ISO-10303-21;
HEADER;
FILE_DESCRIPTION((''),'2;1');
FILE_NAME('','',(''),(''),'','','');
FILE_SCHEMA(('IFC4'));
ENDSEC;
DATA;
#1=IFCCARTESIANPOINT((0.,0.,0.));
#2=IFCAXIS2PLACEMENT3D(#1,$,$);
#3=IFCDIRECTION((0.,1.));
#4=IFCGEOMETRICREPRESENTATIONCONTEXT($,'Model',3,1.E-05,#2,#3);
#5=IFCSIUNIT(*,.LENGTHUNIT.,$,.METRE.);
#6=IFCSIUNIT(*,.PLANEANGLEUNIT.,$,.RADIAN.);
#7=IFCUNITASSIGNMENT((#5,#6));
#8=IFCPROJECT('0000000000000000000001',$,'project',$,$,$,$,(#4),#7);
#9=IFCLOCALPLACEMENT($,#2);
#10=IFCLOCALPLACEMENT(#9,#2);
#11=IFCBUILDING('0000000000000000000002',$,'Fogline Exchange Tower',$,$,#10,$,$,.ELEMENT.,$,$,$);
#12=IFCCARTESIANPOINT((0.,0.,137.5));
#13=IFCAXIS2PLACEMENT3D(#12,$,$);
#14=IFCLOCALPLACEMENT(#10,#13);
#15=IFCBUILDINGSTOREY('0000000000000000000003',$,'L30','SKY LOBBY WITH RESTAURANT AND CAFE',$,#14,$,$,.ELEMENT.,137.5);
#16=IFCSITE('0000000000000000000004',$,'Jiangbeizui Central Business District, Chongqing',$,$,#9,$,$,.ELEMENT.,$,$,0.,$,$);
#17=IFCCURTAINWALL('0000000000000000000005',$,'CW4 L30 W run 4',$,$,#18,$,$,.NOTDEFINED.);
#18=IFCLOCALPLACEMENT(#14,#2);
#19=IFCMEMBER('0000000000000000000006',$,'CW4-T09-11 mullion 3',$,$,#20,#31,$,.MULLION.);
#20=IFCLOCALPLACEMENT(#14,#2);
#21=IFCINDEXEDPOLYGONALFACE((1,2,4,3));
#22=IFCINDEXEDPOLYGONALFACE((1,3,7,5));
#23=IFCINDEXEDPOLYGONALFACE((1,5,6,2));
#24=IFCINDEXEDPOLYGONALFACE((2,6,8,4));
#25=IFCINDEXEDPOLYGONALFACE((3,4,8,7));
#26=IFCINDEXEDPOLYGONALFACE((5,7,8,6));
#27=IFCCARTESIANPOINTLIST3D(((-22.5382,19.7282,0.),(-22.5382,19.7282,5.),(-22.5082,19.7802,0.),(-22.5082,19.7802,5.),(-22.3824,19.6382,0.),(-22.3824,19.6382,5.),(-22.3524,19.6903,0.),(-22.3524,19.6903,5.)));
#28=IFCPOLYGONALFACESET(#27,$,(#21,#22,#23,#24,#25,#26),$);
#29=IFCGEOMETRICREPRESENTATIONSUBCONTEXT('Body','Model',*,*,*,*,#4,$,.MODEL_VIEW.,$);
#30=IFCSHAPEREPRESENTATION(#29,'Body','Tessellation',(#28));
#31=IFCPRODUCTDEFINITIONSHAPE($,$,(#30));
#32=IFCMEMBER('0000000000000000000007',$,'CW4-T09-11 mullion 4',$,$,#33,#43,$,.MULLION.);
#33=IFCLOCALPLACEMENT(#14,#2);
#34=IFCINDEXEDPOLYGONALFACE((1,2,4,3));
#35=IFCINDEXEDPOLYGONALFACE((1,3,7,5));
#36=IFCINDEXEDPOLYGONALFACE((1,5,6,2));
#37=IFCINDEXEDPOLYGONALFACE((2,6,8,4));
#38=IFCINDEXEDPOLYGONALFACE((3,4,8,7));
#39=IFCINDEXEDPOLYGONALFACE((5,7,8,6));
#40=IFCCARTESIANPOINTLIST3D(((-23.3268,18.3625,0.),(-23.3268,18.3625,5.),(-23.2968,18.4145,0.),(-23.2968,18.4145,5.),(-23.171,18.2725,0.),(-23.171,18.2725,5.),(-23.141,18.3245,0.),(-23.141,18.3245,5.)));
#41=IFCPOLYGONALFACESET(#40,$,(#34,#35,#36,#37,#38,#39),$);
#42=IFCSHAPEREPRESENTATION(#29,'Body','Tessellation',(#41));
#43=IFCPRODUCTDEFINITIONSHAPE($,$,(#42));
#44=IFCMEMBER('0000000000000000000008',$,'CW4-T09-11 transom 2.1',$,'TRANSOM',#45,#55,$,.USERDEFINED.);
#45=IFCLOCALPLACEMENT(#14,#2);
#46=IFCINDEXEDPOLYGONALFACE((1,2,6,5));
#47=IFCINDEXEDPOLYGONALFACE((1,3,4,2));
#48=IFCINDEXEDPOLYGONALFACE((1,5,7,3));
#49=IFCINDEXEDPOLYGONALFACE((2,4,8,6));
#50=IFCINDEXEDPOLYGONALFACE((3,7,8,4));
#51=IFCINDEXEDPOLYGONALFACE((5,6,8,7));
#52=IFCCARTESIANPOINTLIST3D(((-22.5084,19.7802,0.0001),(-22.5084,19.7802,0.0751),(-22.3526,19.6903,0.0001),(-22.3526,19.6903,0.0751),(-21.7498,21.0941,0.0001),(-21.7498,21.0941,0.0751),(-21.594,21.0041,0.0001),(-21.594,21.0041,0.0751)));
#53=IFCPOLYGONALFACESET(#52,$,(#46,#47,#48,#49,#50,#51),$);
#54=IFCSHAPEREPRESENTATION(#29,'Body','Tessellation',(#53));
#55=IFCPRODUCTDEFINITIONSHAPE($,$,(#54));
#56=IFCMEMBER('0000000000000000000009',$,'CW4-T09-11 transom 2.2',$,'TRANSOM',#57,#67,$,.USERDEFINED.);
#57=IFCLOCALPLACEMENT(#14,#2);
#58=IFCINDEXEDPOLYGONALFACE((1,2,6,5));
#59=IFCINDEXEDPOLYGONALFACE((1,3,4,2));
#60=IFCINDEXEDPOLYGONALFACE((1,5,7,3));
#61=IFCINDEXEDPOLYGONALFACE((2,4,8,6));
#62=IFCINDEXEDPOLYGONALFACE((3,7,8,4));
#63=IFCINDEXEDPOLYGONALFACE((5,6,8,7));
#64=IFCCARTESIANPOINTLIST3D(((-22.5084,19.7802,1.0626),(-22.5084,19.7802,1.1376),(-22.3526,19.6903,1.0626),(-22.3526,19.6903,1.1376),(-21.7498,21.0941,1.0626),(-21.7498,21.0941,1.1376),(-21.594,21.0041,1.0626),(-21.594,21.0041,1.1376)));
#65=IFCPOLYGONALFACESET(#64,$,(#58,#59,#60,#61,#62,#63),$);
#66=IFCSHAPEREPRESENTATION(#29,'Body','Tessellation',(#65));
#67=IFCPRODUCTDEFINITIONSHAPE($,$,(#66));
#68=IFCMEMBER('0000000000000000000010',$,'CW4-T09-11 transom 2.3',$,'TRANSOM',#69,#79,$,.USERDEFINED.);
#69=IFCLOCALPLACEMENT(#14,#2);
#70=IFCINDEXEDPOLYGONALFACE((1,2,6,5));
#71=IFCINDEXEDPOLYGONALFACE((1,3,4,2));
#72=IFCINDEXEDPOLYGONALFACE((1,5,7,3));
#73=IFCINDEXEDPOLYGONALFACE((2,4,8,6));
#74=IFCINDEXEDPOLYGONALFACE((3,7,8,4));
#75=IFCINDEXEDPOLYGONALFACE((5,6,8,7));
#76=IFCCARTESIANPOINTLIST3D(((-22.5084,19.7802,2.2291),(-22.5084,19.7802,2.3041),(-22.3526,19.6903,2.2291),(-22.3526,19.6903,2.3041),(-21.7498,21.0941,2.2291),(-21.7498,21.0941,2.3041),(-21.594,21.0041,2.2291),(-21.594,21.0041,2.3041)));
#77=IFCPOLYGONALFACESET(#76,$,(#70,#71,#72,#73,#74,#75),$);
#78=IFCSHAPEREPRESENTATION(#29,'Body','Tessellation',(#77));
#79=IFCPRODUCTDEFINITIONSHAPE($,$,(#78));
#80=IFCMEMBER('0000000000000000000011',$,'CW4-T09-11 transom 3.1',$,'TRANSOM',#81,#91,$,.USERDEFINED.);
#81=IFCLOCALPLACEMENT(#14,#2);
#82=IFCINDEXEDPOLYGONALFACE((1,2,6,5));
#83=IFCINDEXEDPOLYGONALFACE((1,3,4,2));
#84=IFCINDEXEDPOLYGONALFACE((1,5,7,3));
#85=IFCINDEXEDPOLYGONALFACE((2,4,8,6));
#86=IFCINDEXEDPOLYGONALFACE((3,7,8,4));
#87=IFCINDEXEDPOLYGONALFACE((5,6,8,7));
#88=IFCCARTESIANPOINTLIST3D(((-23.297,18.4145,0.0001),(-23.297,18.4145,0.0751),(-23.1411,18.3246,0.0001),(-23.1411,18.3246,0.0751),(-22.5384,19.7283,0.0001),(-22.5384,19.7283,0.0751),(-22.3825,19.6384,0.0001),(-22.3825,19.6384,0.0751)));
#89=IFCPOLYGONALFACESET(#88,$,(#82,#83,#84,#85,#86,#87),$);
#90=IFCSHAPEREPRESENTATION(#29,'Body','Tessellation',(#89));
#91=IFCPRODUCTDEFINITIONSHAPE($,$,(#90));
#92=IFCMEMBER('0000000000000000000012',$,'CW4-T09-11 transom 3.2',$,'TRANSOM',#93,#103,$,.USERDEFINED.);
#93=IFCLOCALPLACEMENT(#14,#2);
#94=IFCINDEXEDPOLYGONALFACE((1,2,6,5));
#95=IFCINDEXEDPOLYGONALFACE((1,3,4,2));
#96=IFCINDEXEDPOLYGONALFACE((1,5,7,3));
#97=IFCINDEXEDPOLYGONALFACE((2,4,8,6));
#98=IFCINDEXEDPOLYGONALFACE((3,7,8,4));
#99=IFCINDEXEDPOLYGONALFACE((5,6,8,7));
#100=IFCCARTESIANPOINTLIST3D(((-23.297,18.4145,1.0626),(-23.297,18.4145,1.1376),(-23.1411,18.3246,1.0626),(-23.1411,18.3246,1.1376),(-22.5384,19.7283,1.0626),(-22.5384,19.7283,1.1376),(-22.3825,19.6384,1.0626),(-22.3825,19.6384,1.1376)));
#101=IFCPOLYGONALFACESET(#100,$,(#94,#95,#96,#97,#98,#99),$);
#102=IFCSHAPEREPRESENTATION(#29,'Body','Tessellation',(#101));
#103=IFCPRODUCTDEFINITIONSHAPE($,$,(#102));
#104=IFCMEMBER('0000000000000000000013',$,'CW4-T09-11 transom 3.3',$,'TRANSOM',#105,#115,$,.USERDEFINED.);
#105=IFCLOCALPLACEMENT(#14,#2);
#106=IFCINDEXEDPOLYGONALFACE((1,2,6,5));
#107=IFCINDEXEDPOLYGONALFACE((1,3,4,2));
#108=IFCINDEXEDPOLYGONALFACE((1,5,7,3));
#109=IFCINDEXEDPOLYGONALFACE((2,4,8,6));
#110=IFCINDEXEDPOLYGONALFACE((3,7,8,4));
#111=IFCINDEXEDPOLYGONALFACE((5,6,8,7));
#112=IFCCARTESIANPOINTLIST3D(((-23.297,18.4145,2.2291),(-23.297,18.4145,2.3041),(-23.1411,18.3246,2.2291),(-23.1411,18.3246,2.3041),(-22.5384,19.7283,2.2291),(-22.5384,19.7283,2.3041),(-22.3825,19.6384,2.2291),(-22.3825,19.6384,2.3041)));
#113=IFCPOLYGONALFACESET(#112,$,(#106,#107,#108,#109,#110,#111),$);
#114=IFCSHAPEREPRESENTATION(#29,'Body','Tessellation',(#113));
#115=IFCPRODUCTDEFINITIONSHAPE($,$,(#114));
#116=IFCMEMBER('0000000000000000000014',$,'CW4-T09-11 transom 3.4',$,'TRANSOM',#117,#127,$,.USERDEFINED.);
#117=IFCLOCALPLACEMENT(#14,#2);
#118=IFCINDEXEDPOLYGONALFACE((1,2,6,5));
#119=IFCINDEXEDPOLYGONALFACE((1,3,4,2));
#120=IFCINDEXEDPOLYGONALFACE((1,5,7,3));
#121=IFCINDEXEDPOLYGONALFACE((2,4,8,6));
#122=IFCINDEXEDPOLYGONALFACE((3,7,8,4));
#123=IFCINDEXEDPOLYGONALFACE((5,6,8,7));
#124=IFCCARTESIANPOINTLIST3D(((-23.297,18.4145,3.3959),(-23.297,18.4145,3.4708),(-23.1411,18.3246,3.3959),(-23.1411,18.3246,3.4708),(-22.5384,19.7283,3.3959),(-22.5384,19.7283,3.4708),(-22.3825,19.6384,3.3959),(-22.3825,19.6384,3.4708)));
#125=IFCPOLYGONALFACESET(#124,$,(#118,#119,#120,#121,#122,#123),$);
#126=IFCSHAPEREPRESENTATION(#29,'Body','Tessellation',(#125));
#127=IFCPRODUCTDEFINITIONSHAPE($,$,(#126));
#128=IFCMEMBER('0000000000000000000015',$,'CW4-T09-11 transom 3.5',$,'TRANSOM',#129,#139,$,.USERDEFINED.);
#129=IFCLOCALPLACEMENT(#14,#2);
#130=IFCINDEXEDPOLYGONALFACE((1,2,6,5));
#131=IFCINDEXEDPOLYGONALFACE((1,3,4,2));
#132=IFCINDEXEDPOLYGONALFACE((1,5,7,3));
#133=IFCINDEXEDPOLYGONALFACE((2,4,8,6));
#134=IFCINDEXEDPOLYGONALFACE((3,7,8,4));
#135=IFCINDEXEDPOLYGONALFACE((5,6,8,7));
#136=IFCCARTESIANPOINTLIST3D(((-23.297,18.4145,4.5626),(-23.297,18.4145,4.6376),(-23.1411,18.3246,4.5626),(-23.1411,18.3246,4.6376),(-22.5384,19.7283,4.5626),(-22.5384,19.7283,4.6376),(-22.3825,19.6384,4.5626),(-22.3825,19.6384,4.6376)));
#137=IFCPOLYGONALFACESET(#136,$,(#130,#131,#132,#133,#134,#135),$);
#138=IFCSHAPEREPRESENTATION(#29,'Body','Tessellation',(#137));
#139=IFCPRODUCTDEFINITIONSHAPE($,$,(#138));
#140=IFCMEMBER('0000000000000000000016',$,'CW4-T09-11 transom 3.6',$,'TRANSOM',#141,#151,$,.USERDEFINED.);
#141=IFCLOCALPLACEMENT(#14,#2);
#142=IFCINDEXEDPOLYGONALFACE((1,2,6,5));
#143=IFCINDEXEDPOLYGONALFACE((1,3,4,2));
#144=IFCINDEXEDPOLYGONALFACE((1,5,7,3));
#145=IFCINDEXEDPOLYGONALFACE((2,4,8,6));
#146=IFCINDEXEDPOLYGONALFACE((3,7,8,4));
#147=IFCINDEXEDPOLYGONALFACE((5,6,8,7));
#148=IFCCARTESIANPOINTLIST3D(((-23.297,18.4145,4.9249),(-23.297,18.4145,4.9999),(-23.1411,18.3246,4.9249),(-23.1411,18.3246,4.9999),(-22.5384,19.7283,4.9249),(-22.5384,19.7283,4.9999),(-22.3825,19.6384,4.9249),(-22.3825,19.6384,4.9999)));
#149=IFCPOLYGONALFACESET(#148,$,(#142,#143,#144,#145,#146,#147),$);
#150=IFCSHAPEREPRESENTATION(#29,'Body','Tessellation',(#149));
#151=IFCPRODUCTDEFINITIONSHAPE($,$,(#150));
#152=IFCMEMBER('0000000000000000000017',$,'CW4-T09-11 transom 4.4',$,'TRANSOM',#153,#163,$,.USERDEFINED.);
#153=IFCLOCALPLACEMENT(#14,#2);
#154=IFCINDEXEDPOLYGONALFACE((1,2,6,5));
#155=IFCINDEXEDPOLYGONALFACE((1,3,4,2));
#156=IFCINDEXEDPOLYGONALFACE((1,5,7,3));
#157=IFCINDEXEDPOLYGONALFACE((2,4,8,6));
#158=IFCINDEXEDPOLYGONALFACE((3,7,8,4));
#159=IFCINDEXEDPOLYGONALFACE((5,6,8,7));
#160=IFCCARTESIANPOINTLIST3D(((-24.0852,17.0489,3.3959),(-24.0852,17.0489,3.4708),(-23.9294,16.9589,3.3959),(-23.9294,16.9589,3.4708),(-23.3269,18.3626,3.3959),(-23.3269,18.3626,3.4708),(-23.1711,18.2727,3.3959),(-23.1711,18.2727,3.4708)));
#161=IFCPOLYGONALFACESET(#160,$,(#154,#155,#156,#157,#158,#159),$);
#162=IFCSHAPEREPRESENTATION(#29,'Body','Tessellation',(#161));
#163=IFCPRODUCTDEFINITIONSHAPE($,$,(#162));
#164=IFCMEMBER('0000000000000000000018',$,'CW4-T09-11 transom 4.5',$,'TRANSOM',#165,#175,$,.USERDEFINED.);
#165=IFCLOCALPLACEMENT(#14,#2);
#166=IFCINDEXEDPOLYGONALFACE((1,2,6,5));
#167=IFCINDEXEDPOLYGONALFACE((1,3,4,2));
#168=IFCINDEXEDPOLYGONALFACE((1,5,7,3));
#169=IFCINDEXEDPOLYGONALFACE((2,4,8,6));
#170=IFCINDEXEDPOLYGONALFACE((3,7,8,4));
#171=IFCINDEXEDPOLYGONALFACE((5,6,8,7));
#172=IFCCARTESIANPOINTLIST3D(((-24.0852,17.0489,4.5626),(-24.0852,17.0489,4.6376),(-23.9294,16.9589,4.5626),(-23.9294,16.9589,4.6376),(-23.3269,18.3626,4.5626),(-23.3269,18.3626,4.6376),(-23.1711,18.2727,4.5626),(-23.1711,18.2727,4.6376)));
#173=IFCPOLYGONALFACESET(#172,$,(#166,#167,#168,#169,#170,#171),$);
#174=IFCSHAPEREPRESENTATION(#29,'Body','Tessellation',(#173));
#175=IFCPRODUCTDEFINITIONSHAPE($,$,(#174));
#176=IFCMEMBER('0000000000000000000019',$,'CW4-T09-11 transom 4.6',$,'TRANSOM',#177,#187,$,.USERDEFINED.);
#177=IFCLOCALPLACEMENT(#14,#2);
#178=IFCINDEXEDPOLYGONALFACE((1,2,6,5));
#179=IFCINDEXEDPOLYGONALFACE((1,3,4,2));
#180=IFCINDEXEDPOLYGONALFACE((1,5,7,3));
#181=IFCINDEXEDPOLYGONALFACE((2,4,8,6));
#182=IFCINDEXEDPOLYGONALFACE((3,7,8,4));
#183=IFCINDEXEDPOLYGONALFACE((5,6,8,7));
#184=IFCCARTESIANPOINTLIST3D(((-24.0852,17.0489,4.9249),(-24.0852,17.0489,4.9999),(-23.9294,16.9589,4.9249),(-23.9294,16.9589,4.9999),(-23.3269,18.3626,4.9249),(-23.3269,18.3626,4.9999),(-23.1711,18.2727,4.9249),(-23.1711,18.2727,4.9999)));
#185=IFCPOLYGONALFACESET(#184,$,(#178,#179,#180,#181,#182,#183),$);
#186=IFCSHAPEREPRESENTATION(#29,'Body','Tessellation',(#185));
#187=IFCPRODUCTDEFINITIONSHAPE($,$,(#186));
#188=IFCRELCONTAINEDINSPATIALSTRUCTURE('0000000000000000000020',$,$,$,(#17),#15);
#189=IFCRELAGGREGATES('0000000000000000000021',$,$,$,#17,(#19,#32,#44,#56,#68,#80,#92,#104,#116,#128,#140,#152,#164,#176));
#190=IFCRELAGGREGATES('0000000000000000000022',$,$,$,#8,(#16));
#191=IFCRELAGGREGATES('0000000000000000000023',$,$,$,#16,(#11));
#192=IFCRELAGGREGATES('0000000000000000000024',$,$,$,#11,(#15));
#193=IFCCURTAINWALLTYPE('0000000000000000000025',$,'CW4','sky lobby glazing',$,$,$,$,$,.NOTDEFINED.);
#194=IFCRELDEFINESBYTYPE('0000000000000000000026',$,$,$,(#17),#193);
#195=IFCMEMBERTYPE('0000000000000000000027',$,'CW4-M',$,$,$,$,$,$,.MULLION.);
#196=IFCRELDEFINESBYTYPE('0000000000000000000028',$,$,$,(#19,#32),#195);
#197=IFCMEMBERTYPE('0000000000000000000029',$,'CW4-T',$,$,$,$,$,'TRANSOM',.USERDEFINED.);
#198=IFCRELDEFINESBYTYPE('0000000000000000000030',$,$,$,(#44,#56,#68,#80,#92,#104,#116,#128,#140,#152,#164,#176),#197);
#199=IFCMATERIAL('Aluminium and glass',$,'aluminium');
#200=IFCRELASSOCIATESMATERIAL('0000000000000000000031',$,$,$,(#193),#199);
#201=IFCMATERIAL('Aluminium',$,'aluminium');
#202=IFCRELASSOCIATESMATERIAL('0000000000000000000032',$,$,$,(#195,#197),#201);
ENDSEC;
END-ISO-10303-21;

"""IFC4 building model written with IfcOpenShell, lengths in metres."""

from ifc_helpers import new_model, si_unit, direction, frame, origin, origin_2d, place, context, subcontext, project, spatial, rectangle, extrude, material, material_profile, profile_set, type_object, element, aggregate, save


model = new_model("IFC4")

# Units and contexts
model_context = context("Model", 3, precision=1e-05, world=origin(), true_north=direction((0.0, 1.0)))
body_context = subcontext(model_context, "Body", "Model", "MODEL_VIEW")
ifc_project = project(units=[si_unit("LENGTHUNIT", "METRE"), si_unit("PLANEANGLEUNIT", "RADIAN")], contexts=[model_context])

# Site, building, storey
site_placement = place(None, origin())
site = spatial("IfcSite", under=ifc_project, at=site_placement, Name="Jiangbeizui Central Business District, Chongqing", CompositionType="ELEMENT", RefElevation=0.0)
building_placement = place(site_placement, origin())
building = spatial("IfcBuilding", under=site, at=building_placement, Name="Fogline Exchange Tower", CompositionType="ELEMENT")
storey_placement = place(building_placement, frame((0.0, 0.0, 137.5)))
storey = spatial("IfcBuildingStorey", under=building, at=storey_placement, Name="L30", Description="SKY LOBBY WITH RESTAURANT AND CAFE", CompositionType="ELEMENT", Elevation=137.5)

# Curtain wall, members
ifc_material_1 = material(Name="Aluminium and glass", Category="aluminium")
curtain_wall_type = type_object("IfcCurtainWallType", Name="CW4", Description="sky lobby glazing", PredefinedType="NOTDEFINED", material=ifc_material_1)
curtain_wall_placement = place(storey_placement, origin())
curtain_wall = element("IfcCurtainWall", 1, at=curtain_wall_placement, inside=storey, type_object=curtain_wall_type, Name="CW4 L30 W run 4", PredefinedType="NOTDEFINED")
ifc_material_2 = material(Name="Aluminium", Category="aluminium")
ifc_material_profile_1 = material_profile(ifc_material_2, rectangle(XDim=0.1799, YDim=0.0601, at=origin_2d()), Name="Mullion 60x180")
ifc_profile_set_1 = profile_set([ifc_material_profile_1], Name="Aluminium")
member_type_1 = type_object("IfcMemberType", Name="CW4-M", PredefinedType="MULLION", material=ifc_profile_set_1)
member_1_placement = place(storey_placement, frame((-22.4453, 19.7092, 0.0), z_axis=(0.0, 0.0, 1.0), x_axis=(0.866025, -0.5, 0.0)))
member_1 = element("IfcMember", 2, at=member_1_placement, type_object=member_type_1, Name="CW4-T09-11 mullion 3", PredefinedType="MULLION", context=body_context, shape_type="SweptSolid", body=[
    extrude(rectangle(XDim=0.1799, YDim=0.0601, at=origin_2d()), origin(), (0.0, 0.0, 1.0), 5.0),
])
member_2_placement = place(storey_placement, frame((-23.2339, 18.3435, 0.0), z_axis=(0.0, 0.0, 1.0), x_axis=(0.866025, -0.5, 0.0)))
member_2 = element("IfcMember", 3, at=member_2_placement, type_object=member_type_1, Name="CW4-T09-11 mullion 4", PredefinedType="MULLION", context=body_context, shape_type="SweptSolid", body=[
    extrude(rectangle(XDim=0.1799, YDim=0.0601, at=origin_2d()), origin(), (0.0, 0.0, 1.0), 5.0),
])
ifc_material_profile_2 = material_profile(ifc_material_2, rectangle(XDim=0.1799, YDim=0.075, at=origin_2d()), Name="Transom 75x180")
ifc_profile_set_2 = profile_set([ifc_material_profile_2], Name="Aluminium")
member_type_2 = type_object("IfcMemberType", Name="CW4-T", ElementType="TRANSOM", PredefinedType="USERDEFINED", material=ifc_profile_set_2)
member_3_placement = place(storey_placement, frame((-21.6719, 21.0491, 0.0376), z_axis=(-0.500034, -0.866006, 0.0), x_axis=(0.866006, -0.500034, 0.0)))
member_3 = element("IfcMember", 4, at=member_3_placement, type_object=member_type_2, Name="CW4-T09-11 transom 2.1", ObjectType="TRANSOM", PredefinedType="USERDEFINED", context=body_context, shape_type="SweptSolid", body=[
    extrude(rectangle(XDim=0.1799, YDim=0.075, at=origin_2d()), origin(), (0.0, 0.0, 1.0), 1.5171),
])
member_4_placement = place(storey_placement, frame((-21.6719, 21.0491, 1.1001), z_axis=(-0.500034, -0.866006, 0.0), x_axis=(0.866006, -0.500034, 0.0)))
member_4 = element("IfcMember", 5, at=member_4_placement, type_object=member_type_2, Name="CW4-T09-11 transom 2.2", ObjectType="TRANSOM", PredefinedType="USERDEFINED", context=body_context, shape_type="SweptSolid", body=[
    extrude(rectangle(XDim=0.1799, YDim=0.075, at=origin_2d()), origin(), (0.0, 0.0, 1.0), 1.5171),
])
member_5_placement = place(storey_placement, frame((-21.6719, 21.0491, 2.2666), z_axis=(-0.500034, -0.866006, 0.0), x_axis=(0.866006, -0.500034, 0.0)))
member_5 = element("IfcMember", 6, at=member_5_placement, type_object=member_type_2, Name="CW4-T09-11 transom 2.3", ObjectType="TRANSOM", PredefinedType="USERDEFINED", context=body_context, shape_type="SweptSolid", body=[
    extrude(rectangle(XDim=0.1799, YDim=0.075, at=origin_2d()), origin(), (0.0, 0.0, 1.0), 1.5171),
])
member_6_placement = place(storey_placement, frame((-22.4604, 19.6833, 0.0376), z_axis=(-0.500034, -0.866006, 0.0), x_axis=(0.866006, -0.500034, 0.0)))
member_6 = element("IfcMember", 7, at=member_6_placement, type_object=member_type_2, Name="CW4-T09-11 transom 3.1", ObjectType="TRANSOM", PredefinedType="USERDEFINED", context=body_context, shape_type="SweptSolid", body=[
    extrude(rectangle(XDim=0.1799, YDim=0.075, at=origin_2d()), origin(), (0.0, 0.0, 1.0), 1.5171),
])
member_7_placement = place(storey_placement, frame((-22.4604, 19.6833, 1.1001), z_axis=(-0.500034, -0.866006, 0.0), x_axis=(0.866006, -0.500034, 0.0)))
member_7 = element("IfcMember", 8, at=member_7_placement, type_object=member_type_2, Name="CW4-T09-11 transom 3.2", ObjectType="TRANSOM", PredefinedType="USERDEFINED", context=body_context, shape_type="SweptSolid", body=[
    extrude(rectangle(XDim=0.1799, YDim=0.075, at=origin_2d()), origin(), (0.0, 0.0, 1.0), 1.5171),
])
member_8_placement = place(storey_placement, frame((-22.4604, 19.6833, 2.2666), z_axis=(-0.500034, -0.866006, 0.0), x_axis=(0.866006, -0.500034, 0.0)))
member_8 = element("IfcMember", 9, at=member_8_placement, type_object=member_type_2, Name="CW4-T09-11 transom 3.3", ObjectType="TRANSOM", PredefinedType="USERDEFINED", context=body_context, shape_type="SweptSolid", body=[
    extrude(rectangle(XDim=0.1799, YDim=0.075, at=origin_2d()), origin(), (0.0, 0.0, 1.0), 1.5171),
])
member_9_placement = place(storey_placement, frame((-22.4604, 19.6833, 3.4333), z_axis=(-0.500034, -0.866006, 0.0), x_axis=(0.866006, -0.500034, 0.0)))
member_9 = element("IfcMember", 10, at=member_9_placement, type_object=member_type_2, Name="CW4-T09-11 transom 3.4", ObjectType="TRANSOM", PredefinedType="USERDEFINED", context=body_context, shape_type="SweptSolid", body=[
    extrude(rectangle(XDim=0.1799, YDim=0.075, at=origin_2d()), origin(), (0.0, 0.0, 1.0), 1.5171),
])
member_10_placement = place(storey_placement, frame((-22.4604, 19.6833, 4.6001), z_axis=(-0.500034, -0.866006, 0.0), x_axis=(0.866006, -0.500034, 0.0)))
member_10 = element("IfcMember", 11, at=member_10_placement, type_object=member_type_2, Name="CW4-T09-11 transom 3.5", ObjectType="TRANSOM", PredefinedType="USERDEFINED", context=body_context, shape_type="SweptSolid", body=[
    extrude(rectangle(XDim=0.1799, YDim=0.075, at=origin_2d()), origin(), (0.0, 0.0, 1.0), 1.5171),
])
member_11_placement = place(storey_placement, frame((-22.4604, 19.6833, 4.9624), z_axis=(-0.500034, -0.866006, 0.0), x_axis=(0.866006, -0.500034, 0.0)))
member_11 = element("IfcMember", 12, at=member_11_placement, type_object=member_type_2, Name="CW4-T09-11 transom 3.6", ObjectType="TRANSOM", PredefinedType="USERDEFINED", context=body_context, shape_type="SweptSolid", body=[
    extrude(rectangle(XDim=0.1799, YDim=0.075, at=origin_2d()), origin(), (0.0, 0.0, 1.0), 1.5171),
])
member_12_placement = place(storey_placement, frame((-23.249, 18.3176, 3.4333), z_axis=(-0.499913, -0.866076, 0.0), x_axis=(0.866076, -0.499913, 0.0)))
member_12 = element("IfcMember", 13, at=member_12_placement, type_object=member_type_2, Name="CW4-T09-11 transom 4.4", ObjectType="TRANSOM", PredefinedType="USERDEFINED", context=body_context, shape_type="SweptSolid", body=[
    extrude(rectangle(XDim=0.1799, YDim=0.075, at=origin_2d()), origin(), (0.0, 0.0, 1.0), 1.5168),
])
member_13_placement = place(storey_placement, frame((-23.249, 18.3176, 4.6001), z_axis=(-0.499913, -0.866076, 0.0), x_axis=(0.866076, -0.499913, 0.0)))
member_13 = element("IfcMember", 14, at=member_13_placement, type_object=member_type_2, Name="CW4-T09-11 transom 4.5", ObjectType="TRANSOM", PredefinedType="USERDEFINED", context=body_context, shape_type="SweptSolid", body=[
    extrude(rectangle(XDim=0.1799, YDim=0.075, at=origin_2d()), origin(), (0.0, 0.0, 1.0), 1.5168),
])
member_14_placement = place(storey_placement, frame((-23.249, 18.3176, 4.9624), z_axis=(-0.499913, -0.866076, 0.0), x_axis=(0.866076, -0.499913, 0.0)))
member_14 = element("IfcMember", 15, at=member_14_placement, type_object=member_type_2, Name="CW4-T09-11 transom 4.6", ObjectType="TRANSOM", PredefinedType="USERDEFINED", context=body_context, shape_type="SweptSolid", body=[
    extrude(rectangle(XDim=0.1799, YDim=0.075, at=origin_2d()), origin(), (0.0, 0.0, 1.0), 1.5168),
])
aggregate(curtain_wall, [member_1, member_2, member_3, member_4, member_5, member_6, member_7, member_8, member_9, member_10, member_11, member_12, member_13, member_14])

save(model, "model.ifc")
